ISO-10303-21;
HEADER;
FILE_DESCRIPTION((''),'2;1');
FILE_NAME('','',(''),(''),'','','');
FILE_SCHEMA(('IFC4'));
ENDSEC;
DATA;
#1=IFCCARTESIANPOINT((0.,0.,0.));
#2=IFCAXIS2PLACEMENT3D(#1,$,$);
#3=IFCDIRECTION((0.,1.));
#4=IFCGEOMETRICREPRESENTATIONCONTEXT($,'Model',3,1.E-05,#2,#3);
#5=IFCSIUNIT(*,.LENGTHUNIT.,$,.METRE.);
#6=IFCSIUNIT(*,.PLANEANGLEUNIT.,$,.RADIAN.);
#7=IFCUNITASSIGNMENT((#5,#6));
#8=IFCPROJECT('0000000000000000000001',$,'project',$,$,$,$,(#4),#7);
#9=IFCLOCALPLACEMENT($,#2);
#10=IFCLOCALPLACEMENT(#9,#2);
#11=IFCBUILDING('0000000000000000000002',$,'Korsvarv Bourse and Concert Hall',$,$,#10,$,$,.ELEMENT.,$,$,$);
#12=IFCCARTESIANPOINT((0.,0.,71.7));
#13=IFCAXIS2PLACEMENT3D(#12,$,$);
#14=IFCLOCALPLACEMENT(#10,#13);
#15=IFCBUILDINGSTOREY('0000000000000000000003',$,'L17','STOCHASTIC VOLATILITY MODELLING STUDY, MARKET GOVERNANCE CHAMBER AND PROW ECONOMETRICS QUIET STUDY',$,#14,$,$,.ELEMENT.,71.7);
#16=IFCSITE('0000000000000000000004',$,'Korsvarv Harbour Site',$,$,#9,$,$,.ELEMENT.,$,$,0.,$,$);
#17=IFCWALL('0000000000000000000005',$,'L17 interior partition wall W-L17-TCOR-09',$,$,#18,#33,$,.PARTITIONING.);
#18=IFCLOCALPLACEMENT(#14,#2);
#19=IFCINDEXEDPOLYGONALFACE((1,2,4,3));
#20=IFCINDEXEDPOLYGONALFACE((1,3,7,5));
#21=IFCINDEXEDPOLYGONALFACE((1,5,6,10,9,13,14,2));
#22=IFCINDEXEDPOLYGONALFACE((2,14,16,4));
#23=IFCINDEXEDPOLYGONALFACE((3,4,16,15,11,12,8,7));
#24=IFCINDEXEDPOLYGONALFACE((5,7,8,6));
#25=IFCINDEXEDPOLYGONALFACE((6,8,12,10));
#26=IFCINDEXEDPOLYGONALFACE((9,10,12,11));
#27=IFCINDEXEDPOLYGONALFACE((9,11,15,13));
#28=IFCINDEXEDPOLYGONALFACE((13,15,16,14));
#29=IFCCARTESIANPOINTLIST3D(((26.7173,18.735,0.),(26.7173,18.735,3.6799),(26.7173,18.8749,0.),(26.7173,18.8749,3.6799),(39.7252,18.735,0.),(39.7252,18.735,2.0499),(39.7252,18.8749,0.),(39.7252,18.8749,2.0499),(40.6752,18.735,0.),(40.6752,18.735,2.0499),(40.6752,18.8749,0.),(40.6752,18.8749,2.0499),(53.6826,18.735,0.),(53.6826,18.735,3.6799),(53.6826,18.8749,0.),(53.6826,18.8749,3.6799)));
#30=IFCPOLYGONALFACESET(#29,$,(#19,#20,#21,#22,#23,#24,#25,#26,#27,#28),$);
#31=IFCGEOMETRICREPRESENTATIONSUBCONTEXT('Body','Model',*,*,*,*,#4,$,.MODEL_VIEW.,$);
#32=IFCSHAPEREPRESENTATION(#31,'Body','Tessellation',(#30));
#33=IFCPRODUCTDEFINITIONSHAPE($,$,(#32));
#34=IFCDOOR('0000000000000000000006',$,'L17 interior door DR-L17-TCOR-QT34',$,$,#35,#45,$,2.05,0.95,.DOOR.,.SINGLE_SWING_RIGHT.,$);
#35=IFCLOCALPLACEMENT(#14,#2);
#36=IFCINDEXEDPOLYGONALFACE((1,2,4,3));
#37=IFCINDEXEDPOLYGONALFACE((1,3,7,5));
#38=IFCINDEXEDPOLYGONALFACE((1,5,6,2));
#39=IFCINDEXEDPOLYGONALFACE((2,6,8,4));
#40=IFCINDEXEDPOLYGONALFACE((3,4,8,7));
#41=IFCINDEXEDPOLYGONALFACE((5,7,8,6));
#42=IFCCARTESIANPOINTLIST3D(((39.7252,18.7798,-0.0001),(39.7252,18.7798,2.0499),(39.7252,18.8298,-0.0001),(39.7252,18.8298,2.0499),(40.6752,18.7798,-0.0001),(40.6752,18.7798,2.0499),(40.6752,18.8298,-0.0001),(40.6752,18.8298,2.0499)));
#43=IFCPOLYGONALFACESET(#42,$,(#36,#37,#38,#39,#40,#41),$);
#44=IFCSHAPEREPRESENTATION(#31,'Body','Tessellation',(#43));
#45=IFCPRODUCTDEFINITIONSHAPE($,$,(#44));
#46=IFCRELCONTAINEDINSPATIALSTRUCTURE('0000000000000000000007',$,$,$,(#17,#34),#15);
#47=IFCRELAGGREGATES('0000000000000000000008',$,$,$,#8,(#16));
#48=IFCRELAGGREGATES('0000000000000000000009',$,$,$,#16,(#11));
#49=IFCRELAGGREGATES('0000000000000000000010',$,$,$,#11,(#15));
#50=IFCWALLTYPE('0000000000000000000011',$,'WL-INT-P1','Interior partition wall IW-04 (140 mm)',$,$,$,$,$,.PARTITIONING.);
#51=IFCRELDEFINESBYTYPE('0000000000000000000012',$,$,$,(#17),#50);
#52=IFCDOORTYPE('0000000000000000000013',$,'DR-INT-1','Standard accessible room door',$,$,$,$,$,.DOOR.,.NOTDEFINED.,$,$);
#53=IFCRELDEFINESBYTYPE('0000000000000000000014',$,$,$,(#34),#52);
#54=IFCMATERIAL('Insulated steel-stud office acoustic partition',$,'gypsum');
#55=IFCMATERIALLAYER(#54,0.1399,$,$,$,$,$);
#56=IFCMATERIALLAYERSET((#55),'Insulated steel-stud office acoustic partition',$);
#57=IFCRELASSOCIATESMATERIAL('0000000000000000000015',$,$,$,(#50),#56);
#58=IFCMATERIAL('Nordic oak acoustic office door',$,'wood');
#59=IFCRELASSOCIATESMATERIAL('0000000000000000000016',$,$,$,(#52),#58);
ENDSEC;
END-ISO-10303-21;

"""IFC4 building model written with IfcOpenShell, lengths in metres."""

from ifc_helpers import new_model, si_unit, direction, frame, frame_2d, origin, place, context, subcontext, project, spatial, rectangle, extrude, material, layer, layer_set, type_object, element, fill, save


model = new_model("IFC4")

# Units and contexts
model_context = context("Model", 3, precision=1e-05, world=origin(), true_north=direction((0.0, 1.0)))
body_context = subcontext(model_context, "Body", "Model", "MODEL_VIEW")
ifc_project = project(units=[si_unit("LENGTHUNIT", "METRE"), si_unit("PLANEANGLEUNIT", "RADIAN")], contexts=[model_context])

# Site, building, storey
site_placement = place(None, origin())
site = spatial("IfcSite", under=ifc_project, at=site_placement, Name="Korsvarv Harbour Site", CompositionType="ELEMENT", RefElevation=0.0)
building_placement = place(site_placement, origin())
building = spatial("IfcBuilding", under=site, at=building_placement, Name="Korsvarv Bourse and Concert Hall", CompositionType="ELEMENT")
storey_placement = place(building_placement, frame((0.0, 0.0, 71.7)))
storey = spatial("IfcBuildingStorey", under=building, at=storey_placement, Name="L17", Description="STOCHASTIC VOLATILITY MODELLING STUDY, MARKET GOVERNANCE CHAMBER AND PROW ECONOMETRICS QUIET STUDY", CompositionType="ELEMENT", Elevation=71.7)

# Wall, opening, door
ifc_material_1 = material(Name="Insulated steel-stud office acoustic partition", Category="gypsum")
ifc_layer_1 = layer(ifc_material_1, 0.1399)
ifc_layer_set_1 = layer_set([ifc_layer_1], Name="Insulated steel-stud office acoustic partition")
wall_type_1 = type_object("IfcWallType", Name="WL-INT-P1", Description="Interior partition wall IW-04 (140 mm)", PredefinedType="PARTITIONING", material=ifc_layer_set_1)
wall_1_placement = place(storey_placement, frame((26.7173, 18.8049, 0.0), z_axis=(0.0, 0.0, 1.0), x_axis=(1.0, 0.0, 0.0)))
wall_1 = element("IfcWall", 1, at=wall_1_placement, inside=storey, type_object=wall_type_1, Name="L17 interior partition wall W-L17-TCOR-09", PredefinedType="PARTITIONING", context=body_context, shape_type="SweptSolid", body=[
    extrude(rectangle(XDim=26.9653, YDim=0.1399, at=frame_2d((13.4827, 0.0))), origin(), (0.0, 0.0, 1.0), 3.6799),
])
opening_1_placement = place(wall_1_placement, frame((13.0078, 0.0, 0.0)))
opening_1 = element("IfcOpeningElement", 2, at=opening_1_placement, cuts=wall_1, PredefinedType="OPENING", context=body_context, shape_type="SweptSolid", body=[
    extrude(rectangle(XDim=0.95, YDim=2.05, at=frame_2d((0.4751, 1.0249))), frame((0.0, 0.0801, 0.0), z_axis=(0.0, -1.0, 0.0), x_axis=(1.0, 0.0, 0.0)), (0.0, 0.0, 1.0), 0.1599),
])
ifc_material_2 = material(Name="Nordic oak acoustic office door", Category="wood")
door_type = type_object("IfcDoorType", Name="DR-INT-1", Description="Standard accessible room door", OperationType="NOTDEFINED", PredefinedType="DOOR", material=ifc_material_2)
door_placement = place(opening_1_placement, origin())
door = element("IfcDoor", 3, at=door_placement, inside=storey, type_object=door_type, Name="L17 interior door DR-L17-TCOR-QT34", OperationType="SINGLE_SWING_RIGHT", OverallHeight=2.05, OverallWidth=0.95, PredefinedType="DOOR", context=body_context, shape_type="SweptSolid", body=[
    extrude(rectangle(XDim=0.95, YDim=2.05, at=frame_2d((0.4751, 1.0249))), frame((0.0, 0.0249, 0.0), z_axis=(0.0, -1.0, 0.0), x_axis=(1.0, 0.0, 0.0)), (0.0, 0.0, 1.0), 0.05),
])
fill(opening_1, door)

save(model, "model.ifc")
